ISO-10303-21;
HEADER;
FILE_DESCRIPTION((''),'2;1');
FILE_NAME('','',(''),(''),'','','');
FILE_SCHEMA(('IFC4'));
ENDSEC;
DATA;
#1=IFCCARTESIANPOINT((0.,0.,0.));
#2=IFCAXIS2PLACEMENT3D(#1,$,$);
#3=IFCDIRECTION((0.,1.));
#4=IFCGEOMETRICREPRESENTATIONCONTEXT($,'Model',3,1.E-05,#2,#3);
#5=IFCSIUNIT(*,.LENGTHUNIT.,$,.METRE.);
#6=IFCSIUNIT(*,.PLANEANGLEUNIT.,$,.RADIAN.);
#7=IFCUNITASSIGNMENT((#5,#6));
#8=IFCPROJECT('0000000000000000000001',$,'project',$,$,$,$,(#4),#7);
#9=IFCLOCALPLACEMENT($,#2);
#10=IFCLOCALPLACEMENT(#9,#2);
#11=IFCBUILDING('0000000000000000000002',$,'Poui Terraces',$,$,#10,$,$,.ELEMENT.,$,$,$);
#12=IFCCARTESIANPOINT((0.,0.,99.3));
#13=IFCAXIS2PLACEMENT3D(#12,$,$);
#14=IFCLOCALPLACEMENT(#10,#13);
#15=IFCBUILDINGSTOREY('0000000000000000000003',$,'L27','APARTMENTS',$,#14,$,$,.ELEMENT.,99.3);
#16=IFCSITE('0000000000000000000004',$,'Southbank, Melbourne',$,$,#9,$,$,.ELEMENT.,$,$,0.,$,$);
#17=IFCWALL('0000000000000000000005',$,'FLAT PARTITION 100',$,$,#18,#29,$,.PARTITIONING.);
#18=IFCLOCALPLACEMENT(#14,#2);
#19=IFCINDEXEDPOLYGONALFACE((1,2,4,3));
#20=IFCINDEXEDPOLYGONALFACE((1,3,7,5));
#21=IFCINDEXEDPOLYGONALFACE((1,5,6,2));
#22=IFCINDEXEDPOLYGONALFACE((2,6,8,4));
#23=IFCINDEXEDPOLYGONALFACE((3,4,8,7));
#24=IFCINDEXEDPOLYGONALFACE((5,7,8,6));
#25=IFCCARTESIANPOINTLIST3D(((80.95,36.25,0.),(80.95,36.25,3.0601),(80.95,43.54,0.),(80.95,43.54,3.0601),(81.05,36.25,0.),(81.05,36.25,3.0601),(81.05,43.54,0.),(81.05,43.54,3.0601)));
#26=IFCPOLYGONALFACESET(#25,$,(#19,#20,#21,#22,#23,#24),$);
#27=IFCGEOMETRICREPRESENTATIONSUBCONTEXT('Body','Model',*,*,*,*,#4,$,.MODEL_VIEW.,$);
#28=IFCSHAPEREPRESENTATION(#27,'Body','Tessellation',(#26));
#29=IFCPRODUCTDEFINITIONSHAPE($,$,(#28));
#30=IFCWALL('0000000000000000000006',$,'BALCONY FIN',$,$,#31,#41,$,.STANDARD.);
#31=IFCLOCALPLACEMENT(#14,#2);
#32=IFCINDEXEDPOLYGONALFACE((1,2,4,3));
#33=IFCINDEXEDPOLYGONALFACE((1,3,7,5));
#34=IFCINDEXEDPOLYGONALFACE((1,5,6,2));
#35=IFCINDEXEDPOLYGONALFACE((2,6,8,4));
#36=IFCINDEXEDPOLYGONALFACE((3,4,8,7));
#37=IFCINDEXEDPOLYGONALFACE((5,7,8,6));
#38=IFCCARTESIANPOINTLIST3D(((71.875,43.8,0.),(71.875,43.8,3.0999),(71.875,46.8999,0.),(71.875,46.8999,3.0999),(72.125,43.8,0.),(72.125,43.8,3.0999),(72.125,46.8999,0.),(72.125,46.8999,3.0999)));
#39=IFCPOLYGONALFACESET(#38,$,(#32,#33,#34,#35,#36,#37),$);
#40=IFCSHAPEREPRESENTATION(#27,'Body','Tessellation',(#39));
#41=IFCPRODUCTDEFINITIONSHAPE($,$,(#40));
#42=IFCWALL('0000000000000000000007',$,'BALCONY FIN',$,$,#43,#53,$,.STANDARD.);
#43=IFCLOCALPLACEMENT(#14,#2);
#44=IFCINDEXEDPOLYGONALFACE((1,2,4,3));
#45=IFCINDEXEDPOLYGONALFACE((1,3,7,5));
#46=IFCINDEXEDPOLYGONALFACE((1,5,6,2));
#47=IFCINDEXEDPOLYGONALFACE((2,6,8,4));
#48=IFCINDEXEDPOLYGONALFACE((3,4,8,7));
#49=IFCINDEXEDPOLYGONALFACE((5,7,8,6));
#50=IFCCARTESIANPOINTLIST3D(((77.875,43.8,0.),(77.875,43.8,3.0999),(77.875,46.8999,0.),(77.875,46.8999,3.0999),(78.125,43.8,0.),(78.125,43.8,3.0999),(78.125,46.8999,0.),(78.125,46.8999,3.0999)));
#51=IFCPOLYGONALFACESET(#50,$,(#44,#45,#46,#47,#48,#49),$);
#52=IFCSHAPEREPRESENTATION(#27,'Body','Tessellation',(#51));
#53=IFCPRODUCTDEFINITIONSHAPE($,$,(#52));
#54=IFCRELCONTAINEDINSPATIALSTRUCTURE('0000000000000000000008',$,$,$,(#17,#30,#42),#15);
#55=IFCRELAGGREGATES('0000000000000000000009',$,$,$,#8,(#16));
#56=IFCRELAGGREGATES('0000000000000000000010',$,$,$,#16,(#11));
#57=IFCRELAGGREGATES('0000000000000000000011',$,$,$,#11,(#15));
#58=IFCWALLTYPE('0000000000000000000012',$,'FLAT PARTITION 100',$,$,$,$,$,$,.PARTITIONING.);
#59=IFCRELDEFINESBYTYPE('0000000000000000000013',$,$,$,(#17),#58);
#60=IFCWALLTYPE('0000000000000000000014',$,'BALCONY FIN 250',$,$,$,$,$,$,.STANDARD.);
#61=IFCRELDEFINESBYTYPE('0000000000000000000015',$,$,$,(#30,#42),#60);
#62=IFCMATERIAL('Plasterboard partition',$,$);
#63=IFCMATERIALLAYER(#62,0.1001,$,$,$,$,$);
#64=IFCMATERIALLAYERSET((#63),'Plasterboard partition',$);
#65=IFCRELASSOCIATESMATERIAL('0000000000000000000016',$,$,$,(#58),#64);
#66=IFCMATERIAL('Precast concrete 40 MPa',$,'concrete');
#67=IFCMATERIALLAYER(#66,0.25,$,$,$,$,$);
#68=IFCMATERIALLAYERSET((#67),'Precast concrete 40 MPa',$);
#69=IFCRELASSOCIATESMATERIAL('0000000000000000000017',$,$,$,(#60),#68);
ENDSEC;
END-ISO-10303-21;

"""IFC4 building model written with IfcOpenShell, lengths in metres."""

from ifc_helpers import new_model, si_unit, direction, frame, frame_2d, origin, place, context, subcontext, project, spatial, polyline, rectangle, outline, extrude, source, transform, mapped, material, layer, layer_set, type_object, element, save


model = new_model("IFC4")

# Units and contexts
model_context = context("Model", 3, precision=1e-05, world=origin(), true_north=direction((0.0, 1.0)))
body_context = subcontext(model_context, "Body", "Model", "MODEL_VIEW")
ifc_project = project(units=[si_unit("LENGTHUNIT", "METRE"), si_unit("PLANEANGLEUNIT", "RADIAN")], contexts=[model_context])

# Site, building, storey
site_placement = place(None, origin())
site = spatial("IfcSite", under=ifc_project, at=site_placement, Name="Southbank, Melbourne", CompositionType="ELEMENT", RefElevation=0.0)
building_placement = place(site_placement, origin())
building = spatial("IfcBuilding", under=site, at=building_placement, Name="Poui Terraces", CompositionType="ELEMENT")
storey_placement = place(building_placement, frame((0.0, 0.0, 99.3)))
storey = spatial("IfcBuildingStorey", under=building, at=storey_placement, Name="L27", Description="APARTMENTS", CompositionType="ELEMENT", Elevation=99.3)

# Shared definitions
ifc_material_1 = material(Name="Plasterboard partition")
ifc_layer_1 = layer(ifc_material_1, 0.1001)
ifc_layer_set_1 = layer_set([ifc_layer_1], Name="Plasterboard partition")
wall_type_1 = type_object("IfcWallType", Name="FLAT PARTITION 100", PredefinedType="PARTITIONING", material=ifc_layer_set_1)

# Walls
wall_1_placement = place(storey_placement, frame((81.0, 36.25, 0.0), z_axis=(0.0, 0.0, 1.0), x_axis=(0.0, 1.0, 0.0)))
element("IfcWall", 1, at=wall_1_placement, inside=storey, type_object=wall_type_1, Name="FLAT PARTITION 100", PredefinedType="PARTITIONING", context=body_context, shape_type="SweptSolid", body=[
    extrude(rectangle(XDim=7.29, YDim=0.1001, at=frame_2d((3.645, 0.0))), origin(), (0.0, 0.0, 1.0), 3.0601),
])
ifc_material_2 = material(Name="Precast concrete 40 MPa", Category="concrete")
ifc_layer_2 = layer(ifc_material_2, 0.25)
ifc_layer_set_2 = layer_set([ifc_layer_2], Name="Precast concrete 40 MPa")
wall_type_2 = type_object("IfcWallType", Name="BALCONY FIN 250", PredefinedType="STANDARD", material=ifc_layer_set_2)
shared_shape_1 = source(origin(), body_context, "Body", "SweptSolid", [
    extrude(outline(polyline([(0.0, 0.0), (0.25, 0.0), (0.25, 3.0999), (0.0, 3.0999), (0.0, 0.0)])), origin(), (0.0, 0.0, 1.0), 3.0999),
])
for number, where, name in (
    (2, (71.875, 43.8, 0.0), "BALCONY FIN"),
    (3, (77.875, 43.8, 0.0), "BALCONY FIN"),
):
    element("IfcWall", number, at=place(storey_placement, frame(where)), inside=storey, type_object=wall_type_2, Name=name, PredefinedType="STANDARD", context=body_context, shape_type="MappedRepresentation", body=[
        mapped(shared_shape_1, transform((0.0, 0.0, 0.0))),
    ])

save(model, "model.ifc")
